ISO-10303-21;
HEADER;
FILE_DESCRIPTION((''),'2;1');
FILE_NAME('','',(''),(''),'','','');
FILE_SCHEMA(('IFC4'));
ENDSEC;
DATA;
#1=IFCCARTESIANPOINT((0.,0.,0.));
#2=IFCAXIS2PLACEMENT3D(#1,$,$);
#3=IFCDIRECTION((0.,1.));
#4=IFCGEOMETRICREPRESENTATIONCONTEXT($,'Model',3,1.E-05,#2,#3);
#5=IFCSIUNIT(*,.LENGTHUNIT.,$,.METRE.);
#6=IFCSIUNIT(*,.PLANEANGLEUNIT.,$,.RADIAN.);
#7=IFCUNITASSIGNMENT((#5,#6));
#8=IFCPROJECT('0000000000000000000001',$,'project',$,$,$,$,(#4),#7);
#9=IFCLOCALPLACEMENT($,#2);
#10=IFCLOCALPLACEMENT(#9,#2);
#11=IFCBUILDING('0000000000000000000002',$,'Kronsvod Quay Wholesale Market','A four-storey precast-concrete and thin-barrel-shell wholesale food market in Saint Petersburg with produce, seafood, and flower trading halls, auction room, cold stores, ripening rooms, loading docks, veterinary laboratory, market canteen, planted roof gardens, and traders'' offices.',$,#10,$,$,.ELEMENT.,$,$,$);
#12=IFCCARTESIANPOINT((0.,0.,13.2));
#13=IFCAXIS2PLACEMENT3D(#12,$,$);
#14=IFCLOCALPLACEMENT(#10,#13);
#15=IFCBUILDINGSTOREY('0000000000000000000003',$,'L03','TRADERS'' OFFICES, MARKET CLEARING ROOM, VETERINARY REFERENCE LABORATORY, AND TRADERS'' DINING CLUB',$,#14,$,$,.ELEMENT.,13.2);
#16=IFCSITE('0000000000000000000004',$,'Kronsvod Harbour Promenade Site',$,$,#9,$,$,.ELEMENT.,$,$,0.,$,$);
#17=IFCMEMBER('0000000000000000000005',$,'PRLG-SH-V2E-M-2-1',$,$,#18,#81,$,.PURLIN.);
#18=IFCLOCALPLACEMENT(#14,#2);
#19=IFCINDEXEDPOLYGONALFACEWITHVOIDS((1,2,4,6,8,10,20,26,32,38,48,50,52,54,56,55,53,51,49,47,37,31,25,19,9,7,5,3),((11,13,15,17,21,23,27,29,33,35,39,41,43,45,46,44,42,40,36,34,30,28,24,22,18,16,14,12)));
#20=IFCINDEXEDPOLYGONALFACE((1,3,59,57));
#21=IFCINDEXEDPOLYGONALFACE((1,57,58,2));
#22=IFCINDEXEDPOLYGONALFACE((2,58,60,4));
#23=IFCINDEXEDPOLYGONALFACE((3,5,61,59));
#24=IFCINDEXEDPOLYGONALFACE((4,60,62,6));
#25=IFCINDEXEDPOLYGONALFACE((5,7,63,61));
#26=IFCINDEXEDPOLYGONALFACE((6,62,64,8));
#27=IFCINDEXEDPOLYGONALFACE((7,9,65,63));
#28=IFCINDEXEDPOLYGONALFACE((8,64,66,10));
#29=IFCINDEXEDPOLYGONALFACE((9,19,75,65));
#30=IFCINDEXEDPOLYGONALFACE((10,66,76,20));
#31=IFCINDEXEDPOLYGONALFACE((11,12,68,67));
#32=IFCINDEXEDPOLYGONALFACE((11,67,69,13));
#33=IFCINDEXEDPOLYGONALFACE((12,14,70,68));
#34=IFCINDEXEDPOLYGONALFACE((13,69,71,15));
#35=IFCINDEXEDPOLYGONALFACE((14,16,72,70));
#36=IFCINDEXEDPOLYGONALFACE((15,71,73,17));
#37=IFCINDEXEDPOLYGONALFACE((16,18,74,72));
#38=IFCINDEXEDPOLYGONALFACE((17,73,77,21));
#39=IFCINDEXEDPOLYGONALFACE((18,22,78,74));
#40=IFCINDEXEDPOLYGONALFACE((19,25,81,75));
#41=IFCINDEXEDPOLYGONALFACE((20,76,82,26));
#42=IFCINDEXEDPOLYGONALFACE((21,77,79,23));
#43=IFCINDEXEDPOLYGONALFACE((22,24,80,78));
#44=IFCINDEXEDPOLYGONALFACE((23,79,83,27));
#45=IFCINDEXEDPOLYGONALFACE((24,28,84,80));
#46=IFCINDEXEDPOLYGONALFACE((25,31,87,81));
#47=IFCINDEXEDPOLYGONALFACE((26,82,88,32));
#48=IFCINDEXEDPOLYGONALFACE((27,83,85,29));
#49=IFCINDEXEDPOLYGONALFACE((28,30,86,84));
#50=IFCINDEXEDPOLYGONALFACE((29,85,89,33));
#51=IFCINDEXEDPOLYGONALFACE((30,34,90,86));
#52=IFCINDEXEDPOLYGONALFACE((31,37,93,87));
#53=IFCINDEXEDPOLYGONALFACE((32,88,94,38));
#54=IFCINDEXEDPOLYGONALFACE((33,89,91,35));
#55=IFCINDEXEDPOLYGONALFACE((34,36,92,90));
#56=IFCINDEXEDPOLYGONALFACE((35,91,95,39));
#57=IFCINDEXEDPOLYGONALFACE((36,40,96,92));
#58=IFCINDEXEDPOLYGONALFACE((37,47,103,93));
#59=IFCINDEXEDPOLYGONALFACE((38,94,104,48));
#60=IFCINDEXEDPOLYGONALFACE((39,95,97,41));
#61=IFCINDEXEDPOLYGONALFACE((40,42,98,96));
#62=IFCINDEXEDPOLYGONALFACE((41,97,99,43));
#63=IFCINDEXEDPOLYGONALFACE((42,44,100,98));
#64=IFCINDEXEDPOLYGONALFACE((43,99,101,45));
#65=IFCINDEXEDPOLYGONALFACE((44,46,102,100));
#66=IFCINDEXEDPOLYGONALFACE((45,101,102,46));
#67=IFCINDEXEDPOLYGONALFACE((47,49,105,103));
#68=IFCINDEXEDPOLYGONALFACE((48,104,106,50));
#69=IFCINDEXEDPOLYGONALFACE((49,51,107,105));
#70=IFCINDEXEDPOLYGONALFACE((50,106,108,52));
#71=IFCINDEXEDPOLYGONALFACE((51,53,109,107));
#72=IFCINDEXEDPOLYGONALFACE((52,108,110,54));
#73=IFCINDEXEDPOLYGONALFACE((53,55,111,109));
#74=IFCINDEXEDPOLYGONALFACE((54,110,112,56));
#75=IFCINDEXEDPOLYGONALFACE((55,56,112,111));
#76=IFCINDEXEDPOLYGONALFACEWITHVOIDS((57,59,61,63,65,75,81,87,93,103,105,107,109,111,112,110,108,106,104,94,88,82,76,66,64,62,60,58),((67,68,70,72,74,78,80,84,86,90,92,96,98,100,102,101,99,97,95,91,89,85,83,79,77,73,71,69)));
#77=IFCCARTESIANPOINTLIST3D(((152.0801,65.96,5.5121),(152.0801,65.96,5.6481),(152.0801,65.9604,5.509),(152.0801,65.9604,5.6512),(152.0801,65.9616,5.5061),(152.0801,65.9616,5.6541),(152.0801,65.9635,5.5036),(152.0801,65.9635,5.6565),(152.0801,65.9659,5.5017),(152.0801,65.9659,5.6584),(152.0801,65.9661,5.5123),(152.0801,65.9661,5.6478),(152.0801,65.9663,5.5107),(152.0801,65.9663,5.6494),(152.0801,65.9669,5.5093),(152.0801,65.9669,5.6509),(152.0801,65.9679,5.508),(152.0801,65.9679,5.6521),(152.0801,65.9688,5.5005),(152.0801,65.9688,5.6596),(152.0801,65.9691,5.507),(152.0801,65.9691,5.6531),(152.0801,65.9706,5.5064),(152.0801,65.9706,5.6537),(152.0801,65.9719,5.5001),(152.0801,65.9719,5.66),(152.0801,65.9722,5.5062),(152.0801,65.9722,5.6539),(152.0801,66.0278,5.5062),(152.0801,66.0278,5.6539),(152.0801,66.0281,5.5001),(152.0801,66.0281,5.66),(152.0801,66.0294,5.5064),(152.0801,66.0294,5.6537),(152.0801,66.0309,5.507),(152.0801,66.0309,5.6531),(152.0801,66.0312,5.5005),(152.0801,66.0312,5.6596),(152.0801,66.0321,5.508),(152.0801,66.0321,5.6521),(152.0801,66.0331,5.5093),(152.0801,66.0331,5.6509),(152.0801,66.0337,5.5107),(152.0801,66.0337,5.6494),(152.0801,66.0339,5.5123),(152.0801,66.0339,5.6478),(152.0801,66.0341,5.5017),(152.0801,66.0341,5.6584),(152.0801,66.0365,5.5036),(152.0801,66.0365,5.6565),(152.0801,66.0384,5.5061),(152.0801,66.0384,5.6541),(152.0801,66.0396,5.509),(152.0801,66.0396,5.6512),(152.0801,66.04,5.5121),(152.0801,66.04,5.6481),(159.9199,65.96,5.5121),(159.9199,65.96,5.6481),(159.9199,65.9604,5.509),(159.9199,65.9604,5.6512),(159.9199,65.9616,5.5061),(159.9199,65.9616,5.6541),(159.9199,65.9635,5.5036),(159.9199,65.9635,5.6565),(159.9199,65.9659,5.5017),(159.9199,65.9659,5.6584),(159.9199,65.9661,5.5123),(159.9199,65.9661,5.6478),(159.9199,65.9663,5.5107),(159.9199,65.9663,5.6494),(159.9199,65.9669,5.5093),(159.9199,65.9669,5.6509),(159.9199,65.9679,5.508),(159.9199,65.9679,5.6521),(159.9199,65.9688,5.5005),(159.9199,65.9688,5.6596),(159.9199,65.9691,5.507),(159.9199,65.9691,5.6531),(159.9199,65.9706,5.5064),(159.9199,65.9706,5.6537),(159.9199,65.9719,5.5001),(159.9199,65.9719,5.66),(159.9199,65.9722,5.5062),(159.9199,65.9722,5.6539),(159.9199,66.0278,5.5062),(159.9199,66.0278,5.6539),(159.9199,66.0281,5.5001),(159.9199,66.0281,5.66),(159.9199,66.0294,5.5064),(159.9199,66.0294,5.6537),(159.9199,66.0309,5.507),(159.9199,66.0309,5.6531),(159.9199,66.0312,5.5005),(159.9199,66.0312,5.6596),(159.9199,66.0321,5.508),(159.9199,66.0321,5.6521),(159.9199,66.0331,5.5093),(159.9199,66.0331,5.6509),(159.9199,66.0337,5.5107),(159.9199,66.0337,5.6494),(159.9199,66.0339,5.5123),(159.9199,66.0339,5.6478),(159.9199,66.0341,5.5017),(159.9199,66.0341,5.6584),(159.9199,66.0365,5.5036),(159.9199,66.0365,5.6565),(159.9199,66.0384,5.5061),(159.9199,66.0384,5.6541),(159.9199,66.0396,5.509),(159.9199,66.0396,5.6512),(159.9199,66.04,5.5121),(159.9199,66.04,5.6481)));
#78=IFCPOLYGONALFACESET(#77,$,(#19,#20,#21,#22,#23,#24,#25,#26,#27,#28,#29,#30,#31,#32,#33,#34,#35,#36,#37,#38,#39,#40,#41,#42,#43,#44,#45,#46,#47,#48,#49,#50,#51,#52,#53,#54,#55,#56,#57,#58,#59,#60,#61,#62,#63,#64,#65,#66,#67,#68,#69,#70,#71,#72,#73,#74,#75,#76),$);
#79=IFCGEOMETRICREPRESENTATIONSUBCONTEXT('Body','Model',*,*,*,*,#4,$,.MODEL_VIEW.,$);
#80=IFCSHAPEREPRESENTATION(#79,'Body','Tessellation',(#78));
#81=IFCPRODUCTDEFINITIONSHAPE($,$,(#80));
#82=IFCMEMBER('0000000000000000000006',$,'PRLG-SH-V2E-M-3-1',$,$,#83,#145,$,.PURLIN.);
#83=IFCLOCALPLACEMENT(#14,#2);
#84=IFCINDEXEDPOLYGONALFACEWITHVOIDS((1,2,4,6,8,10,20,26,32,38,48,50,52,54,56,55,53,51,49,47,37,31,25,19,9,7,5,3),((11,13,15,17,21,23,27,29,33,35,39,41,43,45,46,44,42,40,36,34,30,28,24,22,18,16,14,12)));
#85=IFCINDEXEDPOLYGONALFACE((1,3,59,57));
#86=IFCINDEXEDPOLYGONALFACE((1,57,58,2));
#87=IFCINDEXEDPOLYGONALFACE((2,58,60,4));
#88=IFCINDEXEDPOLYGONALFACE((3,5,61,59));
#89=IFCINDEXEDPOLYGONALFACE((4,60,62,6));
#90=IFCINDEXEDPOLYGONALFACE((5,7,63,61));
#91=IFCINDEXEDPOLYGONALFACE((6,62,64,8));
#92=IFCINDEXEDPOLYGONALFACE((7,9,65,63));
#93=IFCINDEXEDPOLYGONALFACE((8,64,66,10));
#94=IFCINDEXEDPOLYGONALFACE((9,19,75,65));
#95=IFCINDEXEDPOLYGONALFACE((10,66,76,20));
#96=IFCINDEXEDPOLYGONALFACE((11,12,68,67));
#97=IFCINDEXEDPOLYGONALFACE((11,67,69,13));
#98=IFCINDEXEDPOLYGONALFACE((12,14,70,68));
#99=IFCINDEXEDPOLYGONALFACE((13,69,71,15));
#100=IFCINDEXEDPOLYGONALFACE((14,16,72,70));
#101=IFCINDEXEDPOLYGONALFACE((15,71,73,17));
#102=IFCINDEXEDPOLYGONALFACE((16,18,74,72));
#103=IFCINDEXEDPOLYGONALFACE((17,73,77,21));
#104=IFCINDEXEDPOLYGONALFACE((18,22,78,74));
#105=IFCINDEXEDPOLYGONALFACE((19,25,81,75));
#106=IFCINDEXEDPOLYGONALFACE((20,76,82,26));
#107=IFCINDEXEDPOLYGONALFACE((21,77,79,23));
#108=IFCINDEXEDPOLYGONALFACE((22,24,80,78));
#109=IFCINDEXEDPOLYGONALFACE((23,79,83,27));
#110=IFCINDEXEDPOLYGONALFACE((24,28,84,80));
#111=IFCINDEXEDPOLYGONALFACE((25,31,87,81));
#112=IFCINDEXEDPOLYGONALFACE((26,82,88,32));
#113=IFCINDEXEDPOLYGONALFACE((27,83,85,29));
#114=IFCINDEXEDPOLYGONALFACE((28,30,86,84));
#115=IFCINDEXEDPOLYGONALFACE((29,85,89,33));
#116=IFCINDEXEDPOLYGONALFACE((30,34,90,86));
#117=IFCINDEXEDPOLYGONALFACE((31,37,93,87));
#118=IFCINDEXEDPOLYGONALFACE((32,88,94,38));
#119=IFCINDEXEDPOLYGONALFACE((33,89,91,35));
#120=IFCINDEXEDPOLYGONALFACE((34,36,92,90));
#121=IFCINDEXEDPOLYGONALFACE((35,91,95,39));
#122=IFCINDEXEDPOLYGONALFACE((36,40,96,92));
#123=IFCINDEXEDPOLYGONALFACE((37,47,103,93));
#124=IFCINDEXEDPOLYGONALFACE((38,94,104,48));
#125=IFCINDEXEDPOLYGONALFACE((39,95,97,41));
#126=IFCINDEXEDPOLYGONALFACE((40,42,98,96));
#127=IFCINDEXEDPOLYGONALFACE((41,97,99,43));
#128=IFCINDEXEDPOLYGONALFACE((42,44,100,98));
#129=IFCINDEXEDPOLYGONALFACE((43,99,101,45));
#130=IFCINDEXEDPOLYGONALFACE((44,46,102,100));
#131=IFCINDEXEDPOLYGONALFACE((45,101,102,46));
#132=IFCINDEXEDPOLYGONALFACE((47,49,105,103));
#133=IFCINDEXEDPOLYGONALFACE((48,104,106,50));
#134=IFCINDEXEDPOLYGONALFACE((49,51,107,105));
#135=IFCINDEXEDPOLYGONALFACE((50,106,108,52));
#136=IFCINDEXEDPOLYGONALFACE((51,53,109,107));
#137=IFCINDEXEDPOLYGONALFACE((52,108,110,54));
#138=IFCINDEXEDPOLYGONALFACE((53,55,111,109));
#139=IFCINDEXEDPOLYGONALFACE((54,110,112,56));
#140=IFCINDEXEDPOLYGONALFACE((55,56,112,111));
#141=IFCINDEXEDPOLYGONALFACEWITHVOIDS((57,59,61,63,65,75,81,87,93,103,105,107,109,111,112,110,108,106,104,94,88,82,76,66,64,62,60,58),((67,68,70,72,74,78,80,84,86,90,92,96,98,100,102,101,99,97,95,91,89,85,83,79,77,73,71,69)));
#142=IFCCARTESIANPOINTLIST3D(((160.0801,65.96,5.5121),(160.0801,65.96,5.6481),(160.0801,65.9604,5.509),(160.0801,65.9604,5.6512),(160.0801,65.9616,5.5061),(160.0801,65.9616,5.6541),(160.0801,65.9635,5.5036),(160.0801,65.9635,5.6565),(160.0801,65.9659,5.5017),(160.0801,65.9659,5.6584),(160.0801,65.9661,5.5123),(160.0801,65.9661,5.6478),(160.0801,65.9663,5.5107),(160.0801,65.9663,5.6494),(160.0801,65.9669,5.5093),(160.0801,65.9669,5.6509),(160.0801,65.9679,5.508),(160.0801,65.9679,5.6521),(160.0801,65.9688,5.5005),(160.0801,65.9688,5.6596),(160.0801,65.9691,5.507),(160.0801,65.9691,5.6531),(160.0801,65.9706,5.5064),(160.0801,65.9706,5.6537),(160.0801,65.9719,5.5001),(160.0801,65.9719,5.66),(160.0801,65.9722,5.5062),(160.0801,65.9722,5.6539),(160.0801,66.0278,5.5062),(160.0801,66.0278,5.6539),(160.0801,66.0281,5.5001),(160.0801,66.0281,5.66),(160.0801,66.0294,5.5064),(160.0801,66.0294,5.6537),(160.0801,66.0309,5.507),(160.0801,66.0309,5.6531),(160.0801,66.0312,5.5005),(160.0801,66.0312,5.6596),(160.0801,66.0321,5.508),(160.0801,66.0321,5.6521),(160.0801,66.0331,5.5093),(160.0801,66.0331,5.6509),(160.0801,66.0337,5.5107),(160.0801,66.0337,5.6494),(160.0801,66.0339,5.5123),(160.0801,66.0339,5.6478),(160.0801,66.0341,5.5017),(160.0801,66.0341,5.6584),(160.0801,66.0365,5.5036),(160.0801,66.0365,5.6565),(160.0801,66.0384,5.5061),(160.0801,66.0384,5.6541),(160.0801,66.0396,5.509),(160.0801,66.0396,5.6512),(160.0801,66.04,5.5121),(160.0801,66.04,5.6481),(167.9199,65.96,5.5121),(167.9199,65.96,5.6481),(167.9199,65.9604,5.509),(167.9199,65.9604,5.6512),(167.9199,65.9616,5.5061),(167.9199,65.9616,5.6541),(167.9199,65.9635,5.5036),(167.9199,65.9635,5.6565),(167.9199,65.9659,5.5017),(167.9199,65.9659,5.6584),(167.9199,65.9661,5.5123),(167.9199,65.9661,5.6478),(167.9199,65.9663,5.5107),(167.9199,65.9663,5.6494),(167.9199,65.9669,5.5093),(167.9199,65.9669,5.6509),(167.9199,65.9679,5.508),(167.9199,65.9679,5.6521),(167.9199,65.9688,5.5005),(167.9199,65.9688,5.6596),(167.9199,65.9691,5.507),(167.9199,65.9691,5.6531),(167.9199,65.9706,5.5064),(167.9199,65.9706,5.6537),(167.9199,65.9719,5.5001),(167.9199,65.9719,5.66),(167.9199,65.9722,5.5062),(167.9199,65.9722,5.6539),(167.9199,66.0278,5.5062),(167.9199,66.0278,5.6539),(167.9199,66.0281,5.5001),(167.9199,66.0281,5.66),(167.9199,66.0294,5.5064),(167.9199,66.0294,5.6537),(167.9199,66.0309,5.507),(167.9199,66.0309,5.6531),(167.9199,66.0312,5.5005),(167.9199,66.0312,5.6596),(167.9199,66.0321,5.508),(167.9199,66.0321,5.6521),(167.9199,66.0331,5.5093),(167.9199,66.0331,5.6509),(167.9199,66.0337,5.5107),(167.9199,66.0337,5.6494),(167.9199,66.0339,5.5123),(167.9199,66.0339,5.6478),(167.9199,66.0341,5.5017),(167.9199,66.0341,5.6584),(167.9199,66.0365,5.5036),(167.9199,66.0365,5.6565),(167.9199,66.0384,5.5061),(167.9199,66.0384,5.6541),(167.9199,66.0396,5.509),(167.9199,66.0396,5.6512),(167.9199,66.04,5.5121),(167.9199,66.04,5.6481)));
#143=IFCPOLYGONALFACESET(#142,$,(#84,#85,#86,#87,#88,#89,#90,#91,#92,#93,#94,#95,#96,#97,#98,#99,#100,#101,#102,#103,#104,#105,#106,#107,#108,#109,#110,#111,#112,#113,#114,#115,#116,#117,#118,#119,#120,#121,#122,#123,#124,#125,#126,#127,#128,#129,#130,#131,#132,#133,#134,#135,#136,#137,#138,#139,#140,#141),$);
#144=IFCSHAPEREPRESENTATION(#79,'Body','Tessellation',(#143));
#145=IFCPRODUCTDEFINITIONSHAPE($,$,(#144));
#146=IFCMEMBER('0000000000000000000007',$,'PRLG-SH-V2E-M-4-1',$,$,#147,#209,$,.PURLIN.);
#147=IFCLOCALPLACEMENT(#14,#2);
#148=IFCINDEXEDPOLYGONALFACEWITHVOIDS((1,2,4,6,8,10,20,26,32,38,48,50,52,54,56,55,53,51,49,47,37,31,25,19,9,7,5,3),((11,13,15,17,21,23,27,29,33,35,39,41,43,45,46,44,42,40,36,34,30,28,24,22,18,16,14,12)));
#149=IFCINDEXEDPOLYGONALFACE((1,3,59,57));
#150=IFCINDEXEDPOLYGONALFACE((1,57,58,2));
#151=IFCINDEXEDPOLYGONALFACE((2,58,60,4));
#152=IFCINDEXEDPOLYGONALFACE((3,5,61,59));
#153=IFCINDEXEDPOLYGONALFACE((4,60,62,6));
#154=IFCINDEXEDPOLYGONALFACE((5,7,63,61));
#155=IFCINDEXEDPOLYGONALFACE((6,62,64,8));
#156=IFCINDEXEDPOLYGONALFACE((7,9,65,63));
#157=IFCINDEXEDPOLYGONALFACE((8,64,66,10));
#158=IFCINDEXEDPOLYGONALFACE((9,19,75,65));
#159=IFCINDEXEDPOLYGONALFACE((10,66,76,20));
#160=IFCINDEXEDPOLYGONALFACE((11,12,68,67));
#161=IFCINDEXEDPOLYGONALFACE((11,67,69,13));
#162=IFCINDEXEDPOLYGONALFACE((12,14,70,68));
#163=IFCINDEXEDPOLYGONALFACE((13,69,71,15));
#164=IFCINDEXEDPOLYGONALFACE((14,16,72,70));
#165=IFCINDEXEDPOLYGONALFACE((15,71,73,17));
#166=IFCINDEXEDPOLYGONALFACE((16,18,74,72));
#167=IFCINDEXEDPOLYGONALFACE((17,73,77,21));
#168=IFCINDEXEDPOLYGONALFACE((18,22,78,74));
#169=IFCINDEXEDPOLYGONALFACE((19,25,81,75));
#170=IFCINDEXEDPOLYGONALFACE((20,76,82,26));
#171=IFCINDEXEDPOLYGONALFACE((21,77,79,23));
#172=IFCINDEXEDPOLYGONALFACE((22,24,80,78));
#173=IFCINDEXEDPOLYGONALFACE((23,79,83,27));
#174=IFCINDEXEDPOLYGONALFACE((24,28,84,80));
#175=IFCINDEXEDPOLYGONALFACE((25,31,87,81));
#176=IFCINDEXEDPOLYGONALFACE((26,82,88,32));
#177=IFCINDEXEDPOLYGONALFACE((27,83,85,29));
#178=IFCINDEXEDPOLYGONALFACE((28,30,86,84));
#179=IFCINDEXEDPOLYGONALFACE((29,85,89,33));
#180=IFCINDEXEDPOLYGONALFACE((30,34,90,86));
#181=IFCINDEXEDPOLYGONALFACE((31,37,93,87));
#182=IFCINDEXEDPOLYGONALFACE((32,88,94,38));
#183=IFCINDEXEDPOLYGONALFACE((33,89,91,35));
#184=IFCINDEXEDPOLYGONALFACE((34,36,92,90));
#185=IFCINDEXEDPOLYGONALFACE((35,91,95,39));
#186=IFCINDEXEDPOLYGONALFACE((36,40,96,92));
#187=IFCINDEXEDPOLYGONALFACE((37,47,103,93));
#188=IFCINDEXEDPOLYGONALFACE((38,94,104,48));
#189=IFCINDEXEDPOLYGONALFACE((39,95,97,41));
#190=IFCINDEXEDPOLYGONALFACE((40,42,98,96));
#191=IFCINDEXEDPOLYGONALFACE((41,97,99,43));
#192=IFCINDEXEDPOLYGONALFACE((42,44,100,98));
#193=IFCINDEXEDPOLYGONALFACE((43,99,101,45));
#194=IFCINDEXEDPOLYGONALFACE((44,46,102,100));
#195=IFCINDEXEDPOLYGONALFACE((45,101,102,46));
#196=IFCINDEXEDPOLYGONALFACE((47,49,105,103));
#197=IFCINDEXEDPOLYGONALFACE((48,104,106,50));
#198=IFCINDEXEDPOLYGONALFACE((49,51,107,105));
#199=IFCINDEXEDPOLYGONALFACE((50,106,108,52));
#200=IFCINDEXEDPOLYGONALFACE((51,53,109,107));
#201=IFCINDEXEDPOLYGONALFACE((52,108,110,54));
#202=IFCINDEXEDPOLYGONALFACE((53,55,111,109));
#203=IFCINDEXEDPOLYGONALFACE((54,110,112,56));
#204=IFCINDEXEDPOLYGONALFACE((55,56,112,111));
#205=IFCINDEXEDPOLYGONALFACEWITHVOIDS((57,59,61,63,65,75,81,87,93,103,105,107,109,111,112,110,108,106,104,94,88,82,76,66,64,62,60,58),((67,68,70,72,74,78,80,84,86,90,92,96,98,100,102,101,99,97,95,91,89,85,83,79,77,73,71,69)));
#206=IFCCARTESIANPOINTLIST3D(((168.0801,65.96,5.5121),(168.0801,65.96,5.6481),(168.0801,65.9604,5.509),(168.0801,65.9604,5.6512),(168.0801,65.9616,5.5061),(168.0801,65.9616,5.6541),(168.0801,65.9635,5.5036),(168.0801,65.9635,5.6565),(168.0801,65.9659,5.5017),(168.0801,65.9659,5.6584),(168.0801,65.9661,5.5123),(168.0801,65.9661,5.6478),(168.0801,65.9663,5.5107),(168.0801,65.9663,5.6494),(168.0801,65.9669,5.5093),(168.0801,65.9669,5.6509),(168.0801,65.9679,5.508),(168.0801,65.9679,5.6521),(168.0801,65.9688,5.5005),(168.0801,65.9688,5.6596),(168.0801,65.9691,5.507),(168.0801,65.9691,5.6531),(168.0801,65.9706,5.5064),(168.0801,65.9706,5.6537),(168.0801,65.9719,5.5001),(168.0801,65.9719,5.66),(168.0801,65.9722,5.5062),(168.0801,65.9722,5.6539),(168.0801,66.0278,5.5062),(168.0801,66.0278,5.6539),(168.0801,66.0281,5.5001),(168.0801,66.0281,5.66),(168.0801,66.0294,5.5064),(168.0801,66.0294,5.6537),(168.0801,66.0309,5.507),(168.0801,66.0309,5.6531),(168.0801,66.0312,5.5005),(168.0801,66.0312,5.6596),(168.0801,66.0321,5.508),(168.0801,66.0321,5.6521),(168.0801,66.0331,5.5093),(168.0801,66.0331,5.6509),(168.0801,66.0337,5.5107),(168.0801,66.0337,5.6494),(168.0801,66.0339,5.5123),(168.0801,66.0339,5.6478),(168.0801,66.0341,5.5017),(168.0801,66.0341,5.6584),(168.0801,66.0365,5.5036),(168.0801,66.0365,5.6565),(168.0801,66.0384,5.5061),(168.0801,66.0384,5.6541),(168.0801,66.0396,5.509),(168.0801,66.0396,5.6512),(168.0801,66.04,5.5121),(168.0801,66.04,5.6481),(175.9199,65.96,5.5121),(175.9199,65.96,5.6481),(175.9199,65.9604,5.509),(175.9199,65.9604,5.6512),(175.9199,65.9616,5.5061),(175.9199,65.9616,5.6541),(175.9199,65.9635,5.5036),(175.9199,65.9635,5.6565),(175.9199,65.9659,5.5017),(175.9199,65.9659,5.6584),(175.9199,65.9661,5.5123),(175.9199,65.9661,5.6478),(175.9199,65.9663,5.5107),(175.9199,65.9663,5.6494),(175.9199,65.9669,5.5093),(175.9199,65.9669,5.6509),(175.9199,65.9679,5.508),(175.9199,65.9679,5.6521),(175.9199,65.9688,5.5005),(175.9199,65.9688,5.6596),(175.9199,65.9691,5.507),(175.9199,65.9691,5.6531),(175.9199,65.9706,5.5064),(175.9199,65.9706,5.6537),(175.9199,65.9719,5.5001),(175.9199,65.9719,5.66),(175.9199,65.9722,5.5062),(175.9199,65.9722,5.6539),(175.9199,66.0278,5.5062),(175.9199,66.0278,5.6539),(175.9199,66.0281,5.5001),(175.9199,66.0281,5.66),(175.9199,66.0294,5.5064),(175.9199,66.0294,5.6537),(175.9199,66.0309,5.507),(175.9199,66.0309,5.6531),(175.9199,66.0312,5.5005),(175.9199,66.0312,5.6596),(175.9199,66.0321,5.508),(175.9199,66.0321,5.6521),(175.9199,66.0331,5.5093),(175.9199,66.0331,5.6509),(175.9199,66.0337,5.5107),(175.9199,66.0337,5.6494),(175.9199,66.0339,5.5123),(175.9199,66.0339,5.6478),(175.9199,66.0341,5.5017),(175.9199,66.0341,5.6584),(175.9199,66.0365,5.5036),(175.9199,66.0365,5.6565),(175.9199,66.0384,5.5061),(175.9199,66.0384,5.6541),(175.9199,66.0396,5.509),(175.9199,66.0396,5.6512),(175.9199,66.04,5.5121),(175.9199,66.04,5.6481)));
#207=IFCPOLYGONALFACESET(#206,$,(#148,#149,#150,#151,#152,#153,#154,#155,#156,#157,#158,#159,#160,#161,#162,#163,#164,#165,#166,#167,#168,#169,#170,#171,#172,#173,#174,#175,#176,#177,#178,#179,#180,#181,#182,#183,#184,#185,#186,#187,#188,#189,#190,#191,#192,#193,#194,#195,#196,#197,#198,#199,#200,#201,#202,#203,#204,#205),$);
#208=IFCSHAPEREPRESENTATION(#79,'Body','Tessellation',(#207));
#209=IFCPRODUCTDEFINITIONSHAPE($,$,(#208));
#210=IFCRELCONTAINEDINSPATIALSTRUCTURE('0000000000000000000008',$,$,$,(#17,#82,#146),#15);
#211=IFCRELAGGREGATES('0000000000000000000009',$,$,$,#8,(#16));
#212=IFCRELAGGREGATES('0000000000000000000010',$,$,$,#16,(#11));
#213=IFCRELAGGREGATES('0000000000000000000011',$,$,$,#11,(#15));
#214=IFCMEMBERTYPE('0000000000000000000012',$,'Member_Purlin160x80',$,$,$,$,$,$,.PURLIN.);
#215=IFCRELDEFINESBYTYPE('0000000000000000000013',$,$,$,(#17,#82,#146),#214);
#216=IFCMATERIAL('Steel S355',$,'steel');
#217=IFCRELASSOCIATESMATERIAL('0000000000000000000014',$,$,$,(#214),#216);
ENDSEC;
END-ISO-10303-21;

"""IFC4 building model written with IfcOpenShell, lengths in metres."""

from ifc_helpers import new_model, si_unit, direction, frame, origin, origin_2d, place, context, subcontext, project, spatial, hollow_rectangle, extrude, material, material_profile, profile_set, type_object, element, save


model = new_model("IFC4")

# Units and contexts
model_context = context("Model", 3, precision=1e-05, world=origin(), true_north=direction((0.0, 1.0)))
body_context = subcontext(model_context, "Body", "Model", "MODEL_VIEW")
ifc_project = project(units=[si_unit("LENGTHUNIT", "METRE"), si_unit("PLANEANGLEUNIT", "RADIAN")], contexts=[model_context])

# Site, building, storey
site_placement = place(None, origin())
site = spatial("IfcSite", under=ifc_project, at=site_placement, Name="Kronsvod Harbour Promenade Site", CompositionType="ELEMENT", RefElevation=0.0)
building_placement = place(site_placement, origin())
building = spatial("IfcBuilding", under=site, at=building_placement, Name="Kronsvod Quay Wholesale Market", Description="A four-storey precast-concrete and thin-barrel-shell wholesale food market in Saint Petersburg with produce, seafood, and flower trading halls, auction room, cold stores, ripening rooms, loading docks, veterinary laboratory, market canteen, planted roof gardens, and traders' offices.", CompositionType="ELEMENT")
storey_placement = place(building_placement, frame((0.0, 0.0, 13.2)))
storey = spatial("IfcBuildingStorey", under=building, at=storey_placement, Name="L03", Description="TRADERS' OFFICES, MARKET CLEARING ROOM, VETERINARY REFERENCE LABORATORY, AND TRADERS' DINING CLUB", CompositionType="ELEMENT", Elevation=13.2)

# Members
ifc_material_1 = material(Name="Steel S355", Category="steel")
ifc_material_profile_1 = material_profile(ifc_material_1, hollow_rectangle(XDim=0.0801, YDim=0.1599, WallThickness=0.0061, InnerFilletRadius=0.0061, OuterFilletRadius=0.012, at=origin_2d()), Name="RHS160x80x6")
ifc_profile_set_1 = profile_set([ifc_material_profile_1], Name="Steel S355")
member_type_1 = type_object("IfcMemberType", Name="Member_Purlin160x80", PredefinedType="PURLIN", material=ifc_profile_set_1)
for number, where, z_axis, x_axis, name in (
    (1, (152.0801, 66.0, 5.5801), (1.0, 0.0, 0.0), (0.0, 1.0, 0.0), "PRLG-SH-V2E-M-2-1"),
    (2, (160.0801, 66.0, 5.5801), (1.0, 0.0, 0.0), (0.0, 1.0, 0.0), "PRLG-SH-V2E-M-3-1"),
    (3, (168.0801, 66.0, 5.5801), (1.0, 0.0, 0.0), (0.0, 1.0, 0.0), "PRLG-SH-V2E-M-4-1"),
):
    element("IfcMember", number, at=place(storey_placement, frame(where, z_axis=z_axis, x_axis=x_axis)), inside=storey, type_object=member_type_1, Name=name, PredefinedType="PURLIN", context=body_context, shape_type="SweptSolid", body=[
        extrude(hollow_rectangle(XDim=0.0801, YDim=0.1599, WallThickness=0.0061, InnerFilletRadius=0.0061, OuterFilletRadius=0.012, at=origin_2d()), origin(), (0.0, 0.0, 1.0), 7.8398),
    ])

save(model, "model.ifc")
